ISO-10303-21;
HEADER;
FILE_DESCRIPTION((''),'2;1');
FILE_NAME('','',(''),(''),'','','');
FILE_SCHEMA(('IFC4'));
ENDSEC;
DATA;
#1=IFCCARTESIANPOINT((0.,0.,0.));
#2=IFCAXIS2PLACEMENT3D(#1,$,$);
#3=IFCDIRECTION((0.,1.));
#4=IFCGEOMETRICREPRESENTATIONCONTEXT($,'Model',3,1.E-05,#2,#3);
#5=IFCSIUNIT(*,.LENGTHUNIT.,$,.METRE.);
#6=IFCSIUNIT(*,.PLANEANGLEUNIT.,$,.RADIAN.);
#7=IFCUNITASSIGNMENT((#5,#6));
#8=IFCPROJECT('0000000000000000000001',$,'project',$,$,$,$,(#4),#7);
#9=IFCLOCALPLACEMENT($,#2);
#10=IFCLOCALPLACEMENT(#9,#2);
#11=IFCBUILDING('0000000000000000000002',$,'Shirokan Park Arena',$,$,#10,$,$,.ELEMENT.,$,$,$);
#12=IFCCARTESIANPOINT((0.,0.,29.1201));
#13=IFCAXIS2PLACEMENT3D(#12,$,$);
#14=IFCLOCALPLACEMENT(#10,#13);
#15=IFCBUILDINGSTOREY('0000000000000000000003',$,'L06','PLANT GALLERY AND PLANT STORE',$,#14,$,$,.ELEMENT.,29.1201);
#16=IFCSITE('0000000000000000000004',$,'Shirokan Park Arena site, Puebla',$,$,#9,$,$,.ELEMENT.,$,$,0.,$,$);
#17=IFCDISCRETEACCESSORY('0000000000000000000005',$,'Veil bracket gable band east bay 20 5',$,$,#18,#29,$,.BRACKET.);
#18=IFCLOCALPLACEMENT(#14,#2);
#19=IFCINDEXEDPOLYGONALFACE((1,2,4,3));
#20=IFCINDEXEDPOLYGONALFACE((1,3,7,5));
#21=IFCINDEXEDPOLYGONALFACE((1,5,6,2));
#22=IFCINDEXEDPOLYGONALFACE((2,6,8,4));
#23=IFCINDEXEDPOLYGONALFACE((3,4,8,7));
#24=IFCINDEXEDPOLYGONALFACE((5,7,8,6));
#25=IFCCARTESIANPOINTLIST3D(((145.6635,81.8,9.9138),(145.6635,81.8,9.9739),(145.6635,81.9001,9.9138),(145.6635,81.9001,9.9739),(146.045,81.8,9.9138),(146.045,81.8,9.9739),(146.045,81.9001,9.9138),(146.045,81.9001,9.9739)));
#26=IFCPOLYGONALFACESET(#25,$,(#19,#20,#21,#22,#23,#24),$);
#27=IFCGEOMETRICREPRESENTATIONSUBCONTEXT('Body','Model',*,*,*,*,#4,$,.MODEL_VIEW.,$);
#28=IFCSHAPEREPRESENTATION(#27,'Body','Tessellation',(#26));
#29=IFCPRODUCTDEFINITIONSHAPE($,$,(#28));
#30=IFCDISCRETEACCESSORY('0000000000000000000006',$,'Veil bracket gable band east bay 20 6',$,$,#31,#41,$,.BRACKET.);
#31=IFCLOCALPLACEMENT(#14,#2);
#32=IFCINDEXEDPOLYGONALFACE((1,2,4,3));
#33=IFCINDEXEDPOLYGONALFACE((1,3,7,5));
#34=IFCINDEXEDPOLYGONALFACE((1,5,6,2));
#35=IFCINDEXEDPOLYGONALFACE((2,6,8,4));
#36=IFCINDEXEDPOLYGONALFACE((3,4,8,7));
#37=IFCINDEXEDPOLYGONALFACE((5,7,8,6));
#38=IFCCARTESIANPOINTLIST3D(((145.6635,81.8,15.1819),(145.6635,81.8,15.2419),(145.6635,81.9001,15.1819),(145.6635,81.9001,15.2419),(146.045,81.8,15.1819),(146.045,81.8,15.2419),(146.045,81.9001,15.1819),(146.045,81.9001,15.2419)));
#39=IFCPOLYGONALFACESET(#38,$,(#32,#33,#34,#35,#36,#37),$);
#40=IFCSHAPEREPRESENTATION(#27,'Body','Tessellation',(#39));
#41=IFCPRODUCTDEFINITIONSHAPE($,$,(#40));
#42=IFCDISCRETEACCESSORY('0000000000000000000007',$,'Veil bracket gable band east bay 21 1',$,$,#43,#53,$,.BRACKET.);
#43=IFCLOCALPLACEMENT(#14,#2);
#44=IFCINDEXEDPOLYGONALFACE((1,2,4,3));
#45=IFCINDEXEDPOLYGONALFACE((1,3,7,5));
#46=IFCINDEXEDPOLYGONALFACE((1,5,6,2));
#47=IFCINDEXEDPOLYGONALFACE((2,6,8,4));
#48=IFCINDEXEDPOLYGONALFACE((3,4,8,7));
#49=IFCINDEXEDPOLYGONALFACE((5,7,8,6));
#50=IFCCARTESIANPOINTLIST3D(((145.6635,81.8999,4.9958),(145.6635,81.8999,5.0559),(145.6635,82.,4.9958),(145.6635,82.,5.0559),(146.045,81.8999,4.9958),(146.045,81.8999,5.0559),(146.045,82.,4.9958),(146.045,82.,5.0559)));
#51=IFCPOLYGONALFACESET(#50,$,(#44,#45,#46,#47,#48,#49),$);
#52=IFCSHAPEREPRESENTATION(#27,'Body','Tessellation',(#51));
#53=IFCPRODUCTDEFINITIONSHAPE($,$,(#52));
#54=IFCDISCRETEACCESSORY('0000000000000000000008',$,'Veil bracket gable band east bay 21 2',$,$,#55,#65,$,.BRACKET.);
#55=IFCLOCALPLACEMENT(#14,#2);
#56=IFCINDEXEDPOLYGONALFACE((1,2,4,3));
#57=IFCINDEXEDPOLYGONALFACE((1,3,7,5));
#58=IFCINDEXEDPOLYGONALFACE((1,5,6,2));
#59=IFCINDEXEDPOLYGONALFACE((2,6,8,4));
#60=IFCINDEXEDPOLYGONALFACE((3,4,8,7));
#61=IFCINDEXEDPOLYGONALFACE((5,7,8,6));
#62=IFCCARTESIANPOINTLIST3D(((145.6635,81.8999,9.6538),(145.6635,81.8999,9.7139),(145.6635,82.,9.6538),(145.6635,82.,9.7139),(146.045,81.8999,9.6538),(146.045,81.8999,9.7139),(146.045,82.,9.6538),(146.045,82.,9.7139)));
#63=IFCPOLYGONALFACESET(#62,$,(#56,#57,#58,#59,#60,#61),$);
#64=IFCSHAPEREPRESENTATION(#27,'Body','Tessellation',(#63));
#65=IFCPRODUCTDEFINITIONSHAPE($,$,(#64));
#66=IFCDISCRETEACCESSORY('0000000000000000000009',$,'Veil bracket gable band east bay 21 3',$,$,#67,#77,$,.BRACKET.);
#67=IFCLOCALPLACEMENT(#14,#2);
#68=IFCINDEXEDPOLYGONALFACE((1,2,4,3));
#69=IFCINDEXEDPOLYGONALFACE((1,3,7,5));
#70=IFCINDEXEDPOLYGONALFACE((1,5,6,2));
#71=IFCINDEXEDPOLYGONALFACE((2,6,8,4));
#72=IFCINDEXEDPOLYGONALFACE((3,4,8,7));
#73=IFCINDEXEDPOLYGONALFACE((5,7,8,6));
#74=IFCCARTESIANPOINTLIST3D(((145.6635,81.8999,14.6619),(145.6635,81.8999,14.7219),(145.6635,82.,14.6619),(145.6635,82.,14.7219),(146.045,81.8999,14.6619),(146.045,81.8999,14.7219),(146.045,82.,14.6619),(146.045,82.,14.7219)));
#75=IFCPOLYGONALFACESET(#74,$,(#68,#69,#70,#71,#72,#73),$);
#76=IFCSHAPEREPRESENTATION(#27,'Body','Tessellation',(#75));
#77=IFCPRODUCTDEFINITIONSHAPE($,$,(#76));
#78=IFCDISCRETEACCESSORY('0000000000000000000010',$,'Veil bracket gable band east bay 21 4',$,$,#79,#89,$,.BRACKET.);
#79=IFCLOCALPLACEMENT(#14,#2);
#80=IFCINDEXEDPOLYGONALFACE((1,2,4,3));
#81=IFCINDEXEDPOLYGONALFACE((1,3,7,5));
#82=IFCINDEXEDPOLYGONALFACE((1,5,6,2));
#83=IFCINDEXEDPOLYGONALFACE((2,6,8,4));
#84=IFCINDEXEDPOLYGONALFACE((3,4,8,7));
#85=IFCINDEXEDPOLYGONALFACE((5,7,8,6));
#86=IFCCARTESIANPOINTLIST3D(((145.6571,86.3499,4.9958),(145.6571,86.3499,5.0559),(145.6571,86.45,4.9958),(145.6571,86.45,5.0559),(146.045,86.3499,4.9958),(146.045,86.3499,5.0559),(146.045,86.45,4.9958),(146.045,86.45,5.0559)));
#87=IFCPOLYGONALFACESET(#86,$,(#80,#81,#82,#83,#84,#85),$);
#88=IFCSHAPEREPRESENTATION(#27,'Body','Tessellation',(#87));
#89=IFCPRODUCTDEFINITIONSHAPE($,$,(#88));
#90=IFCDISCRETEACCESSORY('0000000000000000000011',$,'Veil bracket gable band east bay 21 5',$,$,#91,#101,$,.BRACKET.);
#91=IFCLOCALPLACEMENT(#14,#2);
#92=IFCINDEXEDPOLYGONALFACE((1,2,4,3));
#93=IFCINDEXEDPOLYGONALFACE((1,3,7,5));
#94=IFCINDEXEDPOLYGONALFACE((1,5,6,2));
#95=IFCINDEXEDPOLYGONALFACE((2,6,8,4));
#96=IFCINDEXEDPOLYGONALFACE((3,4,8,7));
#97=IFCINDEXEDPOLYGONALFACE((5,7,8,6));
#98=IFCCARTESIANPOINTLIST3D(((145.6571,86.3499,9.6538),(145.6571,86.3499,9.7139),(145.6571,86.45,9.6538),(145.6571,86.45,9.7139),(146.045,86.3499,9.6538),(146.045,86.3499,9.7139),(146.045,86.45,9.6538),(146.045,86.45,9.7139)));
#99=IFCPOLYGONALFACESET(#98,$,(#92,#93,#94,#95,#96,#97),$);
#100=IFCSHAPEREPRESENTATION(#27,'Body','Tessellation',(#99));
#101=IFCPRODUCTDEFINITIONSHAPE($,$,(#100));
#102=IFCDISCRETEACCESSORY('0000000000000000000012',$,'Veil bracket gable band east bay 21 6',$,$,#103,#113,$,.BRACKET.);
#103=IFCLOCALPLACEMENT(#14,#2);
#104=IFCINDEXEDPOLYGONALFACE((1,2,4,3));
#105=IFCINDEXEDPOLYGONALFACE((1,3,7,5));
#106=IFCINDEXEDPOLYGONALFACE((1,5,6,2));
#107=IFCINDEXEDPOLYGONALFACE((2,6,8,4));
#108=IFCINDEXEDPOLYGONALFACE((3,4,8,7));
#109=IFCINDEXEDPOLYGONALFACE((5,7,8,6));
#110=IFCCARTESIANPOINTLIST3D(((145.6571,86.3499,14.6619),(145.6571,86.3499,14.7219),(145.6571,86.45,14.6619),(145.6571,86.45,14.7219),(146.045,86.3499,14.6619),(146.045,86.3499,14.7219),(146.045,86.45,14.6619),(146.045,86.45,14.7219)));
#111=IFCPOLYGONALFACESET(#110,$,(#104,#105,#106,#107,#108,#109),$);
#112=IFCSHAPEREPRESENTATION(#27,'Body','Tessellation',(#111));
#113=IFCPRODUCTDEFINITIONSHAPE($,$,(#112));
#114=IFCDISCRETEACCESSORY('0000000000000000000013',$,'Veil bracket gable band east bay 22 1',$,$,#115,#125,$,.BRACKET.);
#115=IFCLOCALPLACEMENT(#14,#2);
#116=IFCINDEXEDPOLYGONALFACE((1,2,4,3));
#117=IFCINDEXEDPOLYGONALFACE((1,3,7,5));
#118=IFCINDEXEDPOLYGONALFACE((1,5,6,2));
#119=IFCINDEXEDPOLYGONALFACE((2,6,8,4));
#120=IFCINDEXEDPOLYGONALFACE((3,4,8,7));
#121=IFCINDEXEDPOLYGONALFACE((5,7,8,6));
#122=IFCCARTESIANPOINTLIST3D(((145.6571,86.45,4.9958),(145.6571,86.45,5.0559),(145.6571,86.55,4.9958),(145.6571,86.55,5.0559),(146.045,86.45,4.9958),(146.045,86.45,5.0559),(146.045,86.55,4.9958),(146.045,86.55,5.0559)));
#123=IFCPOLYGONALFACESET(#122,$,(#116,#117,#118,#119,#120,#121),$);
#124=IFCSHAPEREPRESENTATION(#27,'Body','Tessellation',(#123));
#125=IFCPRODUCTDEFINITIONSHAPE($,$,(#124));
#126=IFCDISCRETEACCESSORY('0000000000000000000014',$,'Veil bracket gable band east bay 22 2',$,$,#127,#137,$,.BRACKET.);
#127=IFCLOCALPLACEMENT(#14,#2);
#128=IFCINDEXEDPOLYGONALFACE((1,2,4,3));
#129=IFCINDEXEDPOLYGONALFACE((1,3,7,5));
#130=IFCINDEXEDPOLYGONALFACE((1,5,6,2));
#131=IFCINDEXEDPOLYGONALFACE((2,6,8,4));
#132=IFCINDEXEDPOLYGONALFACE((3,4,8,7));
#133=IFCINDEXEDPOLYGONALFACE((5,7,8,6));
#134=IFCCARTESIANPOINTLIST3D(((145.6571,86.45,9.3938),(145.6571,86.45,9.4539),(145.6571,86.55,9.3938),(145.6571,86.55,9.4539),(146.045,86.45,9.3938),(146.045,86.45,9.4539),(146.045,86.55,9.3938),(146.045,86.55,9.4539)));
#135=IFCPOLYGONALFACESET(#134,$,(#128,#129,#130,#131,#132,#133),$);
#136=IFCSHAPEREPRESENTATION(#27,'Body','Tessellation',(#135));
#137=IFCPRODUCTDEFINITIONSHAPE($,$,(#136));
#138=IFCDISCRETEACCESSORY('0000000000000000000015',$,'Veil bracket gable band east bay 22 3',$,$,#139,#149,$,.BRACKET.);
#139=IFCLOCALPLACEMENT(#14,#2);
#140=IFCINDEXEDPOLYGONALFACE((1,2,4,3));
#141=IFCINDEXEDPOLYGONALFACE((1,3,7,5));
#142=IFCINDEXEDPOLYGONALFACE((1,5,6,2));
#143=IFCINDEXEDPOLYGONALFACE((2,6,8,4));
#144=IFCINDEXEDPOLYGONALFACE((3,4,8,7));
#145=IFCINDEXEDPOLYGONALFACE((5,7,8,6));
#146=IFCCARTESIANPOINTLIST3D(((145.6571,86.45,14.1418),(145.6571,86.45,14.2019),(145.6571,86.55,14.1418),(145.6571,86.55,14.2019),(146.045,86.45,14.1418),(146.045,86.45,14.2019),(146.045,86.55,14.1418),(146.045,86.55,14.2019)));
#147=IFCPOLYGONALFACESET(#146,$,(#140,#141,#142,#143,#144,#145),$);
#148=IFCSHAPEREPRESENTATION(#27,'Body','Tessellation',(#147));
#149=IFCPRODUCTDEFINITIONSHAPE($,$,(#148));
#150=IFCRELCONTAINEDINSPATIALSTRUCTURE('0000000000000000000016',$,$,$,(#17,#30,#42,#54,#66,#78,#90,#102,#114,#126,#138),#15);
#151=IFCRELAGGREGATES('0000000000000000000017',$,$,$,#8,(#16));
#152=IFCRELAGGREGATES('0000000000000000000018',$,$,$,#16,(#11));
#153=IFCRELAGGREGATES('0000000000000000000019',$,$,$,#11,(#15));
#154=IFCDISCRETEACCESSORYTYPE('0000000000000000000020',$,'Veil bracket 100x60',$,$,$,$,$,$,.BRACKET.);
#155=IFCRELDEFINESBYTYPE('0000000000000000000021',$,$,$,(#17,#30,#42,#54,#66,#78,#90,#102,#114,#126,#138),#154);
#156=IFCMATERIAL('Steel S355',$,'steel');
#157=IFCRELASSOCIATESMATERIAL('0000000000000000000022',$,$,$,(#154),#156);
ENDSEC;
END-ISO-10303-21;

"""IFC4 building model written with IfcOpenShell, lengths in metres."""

from ifc_helpers import new_model, si_unit, direction, frame, origin, origin_2d, place, context, subcontext, project, spatial, rectangle, extrude, material, type_object, element, save


model = new_model("IFC4")

# Units and contexts
model_context = context("Model", 3, precision=1e-05, world=origin(), true_north=direction((0.0, 1.0)))
body_context = subcontext(model_context, "Body", "Model", "MODEL_VIEW")
ifc_project = project(units=[si_unit("LENGTHUNIT", "METRE"), si_unit("PLANEANGLEUNIT", "RADIAN")], contexts=[model_context])

# Site, building, storey
site_placement = place(None, origin())
site = spatial("IfcSite", under=ifc_project, at=site_placement, Name="Shirokan Park Arena site, Puebla", CompositionType="ELEMENT", RefElevation=0.0)
building_placement = place(site_placement, origin())
building = spatial("IfcBuilding", under=site, at=building_placement, Name="Shirokan Park Arena", CompositionType="ELEMENT")
storey_placement = place(building_placement, frame((0.0, 0.0, 29.1201)))
storey = spatial("IfcBuildingStorey", under=building, at=storey_placement, Name="L06", Description="PLANT GALLERY AND PLANT STORE", CompositionType="ELEMENT", Elevation=29.1201)

# Discrete accessories
ifc_material_1 = material(Name="Steel S355", Category="steel")
discrete_accessory_type = type_object("IfcDiscreteAccessoryType", Name="Veil bracket 100x60", PredefinedType="BRACKET", material=ifc_material_1)
for number, where, z_axis, x_axis, name in (
    (1, (145.8542, 81.8501, 9.9138), (0.0, 0.0, 1.0), (1.0, 0.0, 0.0), "Veil bracket gable band east bay 20 5"),
    (2, (145.8542, 81.8501, 15.1819), (0.0, 0.0, 1.0), (1.0, 0.0, 0.0), "Veil bracket gable band east bay 20 6"),
    (3, (145.8542, 81.95, 4.9958), (0.0, 0.0, 1.0), (1.0, 0.0, 0.0), "Veil bracket gable band east bay 21 1"),
    (4, (145.8542, 81.95, 9.6538), (0.0, 0.0, 1.0), (1.0, 0.0, 0.0), "Veil bracket gable band east bay 21 2"),
    (5, (145.8542, 81.95, 14.6619), (0.0, 0.0, 1.0), (1.0, 0.0, 0.0), "Veil bracket gable band east bay 21 3"),
):
    element("IfcDiscreteAccessory", number, at=place(storey_placement, frame(where, z_axis=z_axis, x_axis=x_axis)), inside=storey, type_object=discrete_accessory_type, Name=name, PredefinedType="BRACKET", context=body_context, shape_type="SweptSolid", body=[
        extrude(rectangle(XDim=0.3816, YDim=0.1001, at=origin_2d()), origin(), (0.0, 0.0, 1.0), 0.0601),
    ])
for number, where, z_axis, x_axis, name in (
    (6, (145.8511, 86.3999, 4.9958), (0.0, 0.0, 1.0), (1.0, 0.0, 0.0), "Veil bracket gable band east bay 21 4"),
    (7, (145.8511, 86.3999, 9.6538), (0.0, 0.0, 1.0), (1.0, 0.0, 0.0), "Veil bracket gable band east bay 21 5"),
    (8, (145.8511, 86.3999, 14.6619), (0.0, 0.0, 1.0), (1.0, 0.0, 0.0), "Veil bracket gable band east bay 21 6"),
    (9, (145.8511, 86.5, 4.9958), (0.0, 0.0, 1.0), (1.0, 0.0, 0.0), "Veil bracket gable band east bay 22 1"),
    (10, (145.8511, 86.5, 9.3938), (0.0, 0.0, 1.0), (1.0, 0.0, 0.0), "Veil bracket gable band east bay 22 2"),
    (11, (145.8511, 86.5, 14.1418), (0.0, 0.0, 1.0), (1.0, 0.0, 0.0), "Veil bracket gable band east bay 22 3"),
):
    element("IfcDiscreteAccessory", number, at=place(storey_placement, frame(where, z_axis=z_axis, x_axis=x_axis)), inside=storey, type_object=discrete_accessory_type, Name=name, PredefinedType="BRACKET", context=body_context, shape_type="SweptSolid", body=[
        extrude(rectangle(XDim=0.3879, YDim=0.1001, at=origin_2d()), origin(), (0.0, 0.0, 1.0), 0.0601),
    ])

save(model, "model.ifc")
